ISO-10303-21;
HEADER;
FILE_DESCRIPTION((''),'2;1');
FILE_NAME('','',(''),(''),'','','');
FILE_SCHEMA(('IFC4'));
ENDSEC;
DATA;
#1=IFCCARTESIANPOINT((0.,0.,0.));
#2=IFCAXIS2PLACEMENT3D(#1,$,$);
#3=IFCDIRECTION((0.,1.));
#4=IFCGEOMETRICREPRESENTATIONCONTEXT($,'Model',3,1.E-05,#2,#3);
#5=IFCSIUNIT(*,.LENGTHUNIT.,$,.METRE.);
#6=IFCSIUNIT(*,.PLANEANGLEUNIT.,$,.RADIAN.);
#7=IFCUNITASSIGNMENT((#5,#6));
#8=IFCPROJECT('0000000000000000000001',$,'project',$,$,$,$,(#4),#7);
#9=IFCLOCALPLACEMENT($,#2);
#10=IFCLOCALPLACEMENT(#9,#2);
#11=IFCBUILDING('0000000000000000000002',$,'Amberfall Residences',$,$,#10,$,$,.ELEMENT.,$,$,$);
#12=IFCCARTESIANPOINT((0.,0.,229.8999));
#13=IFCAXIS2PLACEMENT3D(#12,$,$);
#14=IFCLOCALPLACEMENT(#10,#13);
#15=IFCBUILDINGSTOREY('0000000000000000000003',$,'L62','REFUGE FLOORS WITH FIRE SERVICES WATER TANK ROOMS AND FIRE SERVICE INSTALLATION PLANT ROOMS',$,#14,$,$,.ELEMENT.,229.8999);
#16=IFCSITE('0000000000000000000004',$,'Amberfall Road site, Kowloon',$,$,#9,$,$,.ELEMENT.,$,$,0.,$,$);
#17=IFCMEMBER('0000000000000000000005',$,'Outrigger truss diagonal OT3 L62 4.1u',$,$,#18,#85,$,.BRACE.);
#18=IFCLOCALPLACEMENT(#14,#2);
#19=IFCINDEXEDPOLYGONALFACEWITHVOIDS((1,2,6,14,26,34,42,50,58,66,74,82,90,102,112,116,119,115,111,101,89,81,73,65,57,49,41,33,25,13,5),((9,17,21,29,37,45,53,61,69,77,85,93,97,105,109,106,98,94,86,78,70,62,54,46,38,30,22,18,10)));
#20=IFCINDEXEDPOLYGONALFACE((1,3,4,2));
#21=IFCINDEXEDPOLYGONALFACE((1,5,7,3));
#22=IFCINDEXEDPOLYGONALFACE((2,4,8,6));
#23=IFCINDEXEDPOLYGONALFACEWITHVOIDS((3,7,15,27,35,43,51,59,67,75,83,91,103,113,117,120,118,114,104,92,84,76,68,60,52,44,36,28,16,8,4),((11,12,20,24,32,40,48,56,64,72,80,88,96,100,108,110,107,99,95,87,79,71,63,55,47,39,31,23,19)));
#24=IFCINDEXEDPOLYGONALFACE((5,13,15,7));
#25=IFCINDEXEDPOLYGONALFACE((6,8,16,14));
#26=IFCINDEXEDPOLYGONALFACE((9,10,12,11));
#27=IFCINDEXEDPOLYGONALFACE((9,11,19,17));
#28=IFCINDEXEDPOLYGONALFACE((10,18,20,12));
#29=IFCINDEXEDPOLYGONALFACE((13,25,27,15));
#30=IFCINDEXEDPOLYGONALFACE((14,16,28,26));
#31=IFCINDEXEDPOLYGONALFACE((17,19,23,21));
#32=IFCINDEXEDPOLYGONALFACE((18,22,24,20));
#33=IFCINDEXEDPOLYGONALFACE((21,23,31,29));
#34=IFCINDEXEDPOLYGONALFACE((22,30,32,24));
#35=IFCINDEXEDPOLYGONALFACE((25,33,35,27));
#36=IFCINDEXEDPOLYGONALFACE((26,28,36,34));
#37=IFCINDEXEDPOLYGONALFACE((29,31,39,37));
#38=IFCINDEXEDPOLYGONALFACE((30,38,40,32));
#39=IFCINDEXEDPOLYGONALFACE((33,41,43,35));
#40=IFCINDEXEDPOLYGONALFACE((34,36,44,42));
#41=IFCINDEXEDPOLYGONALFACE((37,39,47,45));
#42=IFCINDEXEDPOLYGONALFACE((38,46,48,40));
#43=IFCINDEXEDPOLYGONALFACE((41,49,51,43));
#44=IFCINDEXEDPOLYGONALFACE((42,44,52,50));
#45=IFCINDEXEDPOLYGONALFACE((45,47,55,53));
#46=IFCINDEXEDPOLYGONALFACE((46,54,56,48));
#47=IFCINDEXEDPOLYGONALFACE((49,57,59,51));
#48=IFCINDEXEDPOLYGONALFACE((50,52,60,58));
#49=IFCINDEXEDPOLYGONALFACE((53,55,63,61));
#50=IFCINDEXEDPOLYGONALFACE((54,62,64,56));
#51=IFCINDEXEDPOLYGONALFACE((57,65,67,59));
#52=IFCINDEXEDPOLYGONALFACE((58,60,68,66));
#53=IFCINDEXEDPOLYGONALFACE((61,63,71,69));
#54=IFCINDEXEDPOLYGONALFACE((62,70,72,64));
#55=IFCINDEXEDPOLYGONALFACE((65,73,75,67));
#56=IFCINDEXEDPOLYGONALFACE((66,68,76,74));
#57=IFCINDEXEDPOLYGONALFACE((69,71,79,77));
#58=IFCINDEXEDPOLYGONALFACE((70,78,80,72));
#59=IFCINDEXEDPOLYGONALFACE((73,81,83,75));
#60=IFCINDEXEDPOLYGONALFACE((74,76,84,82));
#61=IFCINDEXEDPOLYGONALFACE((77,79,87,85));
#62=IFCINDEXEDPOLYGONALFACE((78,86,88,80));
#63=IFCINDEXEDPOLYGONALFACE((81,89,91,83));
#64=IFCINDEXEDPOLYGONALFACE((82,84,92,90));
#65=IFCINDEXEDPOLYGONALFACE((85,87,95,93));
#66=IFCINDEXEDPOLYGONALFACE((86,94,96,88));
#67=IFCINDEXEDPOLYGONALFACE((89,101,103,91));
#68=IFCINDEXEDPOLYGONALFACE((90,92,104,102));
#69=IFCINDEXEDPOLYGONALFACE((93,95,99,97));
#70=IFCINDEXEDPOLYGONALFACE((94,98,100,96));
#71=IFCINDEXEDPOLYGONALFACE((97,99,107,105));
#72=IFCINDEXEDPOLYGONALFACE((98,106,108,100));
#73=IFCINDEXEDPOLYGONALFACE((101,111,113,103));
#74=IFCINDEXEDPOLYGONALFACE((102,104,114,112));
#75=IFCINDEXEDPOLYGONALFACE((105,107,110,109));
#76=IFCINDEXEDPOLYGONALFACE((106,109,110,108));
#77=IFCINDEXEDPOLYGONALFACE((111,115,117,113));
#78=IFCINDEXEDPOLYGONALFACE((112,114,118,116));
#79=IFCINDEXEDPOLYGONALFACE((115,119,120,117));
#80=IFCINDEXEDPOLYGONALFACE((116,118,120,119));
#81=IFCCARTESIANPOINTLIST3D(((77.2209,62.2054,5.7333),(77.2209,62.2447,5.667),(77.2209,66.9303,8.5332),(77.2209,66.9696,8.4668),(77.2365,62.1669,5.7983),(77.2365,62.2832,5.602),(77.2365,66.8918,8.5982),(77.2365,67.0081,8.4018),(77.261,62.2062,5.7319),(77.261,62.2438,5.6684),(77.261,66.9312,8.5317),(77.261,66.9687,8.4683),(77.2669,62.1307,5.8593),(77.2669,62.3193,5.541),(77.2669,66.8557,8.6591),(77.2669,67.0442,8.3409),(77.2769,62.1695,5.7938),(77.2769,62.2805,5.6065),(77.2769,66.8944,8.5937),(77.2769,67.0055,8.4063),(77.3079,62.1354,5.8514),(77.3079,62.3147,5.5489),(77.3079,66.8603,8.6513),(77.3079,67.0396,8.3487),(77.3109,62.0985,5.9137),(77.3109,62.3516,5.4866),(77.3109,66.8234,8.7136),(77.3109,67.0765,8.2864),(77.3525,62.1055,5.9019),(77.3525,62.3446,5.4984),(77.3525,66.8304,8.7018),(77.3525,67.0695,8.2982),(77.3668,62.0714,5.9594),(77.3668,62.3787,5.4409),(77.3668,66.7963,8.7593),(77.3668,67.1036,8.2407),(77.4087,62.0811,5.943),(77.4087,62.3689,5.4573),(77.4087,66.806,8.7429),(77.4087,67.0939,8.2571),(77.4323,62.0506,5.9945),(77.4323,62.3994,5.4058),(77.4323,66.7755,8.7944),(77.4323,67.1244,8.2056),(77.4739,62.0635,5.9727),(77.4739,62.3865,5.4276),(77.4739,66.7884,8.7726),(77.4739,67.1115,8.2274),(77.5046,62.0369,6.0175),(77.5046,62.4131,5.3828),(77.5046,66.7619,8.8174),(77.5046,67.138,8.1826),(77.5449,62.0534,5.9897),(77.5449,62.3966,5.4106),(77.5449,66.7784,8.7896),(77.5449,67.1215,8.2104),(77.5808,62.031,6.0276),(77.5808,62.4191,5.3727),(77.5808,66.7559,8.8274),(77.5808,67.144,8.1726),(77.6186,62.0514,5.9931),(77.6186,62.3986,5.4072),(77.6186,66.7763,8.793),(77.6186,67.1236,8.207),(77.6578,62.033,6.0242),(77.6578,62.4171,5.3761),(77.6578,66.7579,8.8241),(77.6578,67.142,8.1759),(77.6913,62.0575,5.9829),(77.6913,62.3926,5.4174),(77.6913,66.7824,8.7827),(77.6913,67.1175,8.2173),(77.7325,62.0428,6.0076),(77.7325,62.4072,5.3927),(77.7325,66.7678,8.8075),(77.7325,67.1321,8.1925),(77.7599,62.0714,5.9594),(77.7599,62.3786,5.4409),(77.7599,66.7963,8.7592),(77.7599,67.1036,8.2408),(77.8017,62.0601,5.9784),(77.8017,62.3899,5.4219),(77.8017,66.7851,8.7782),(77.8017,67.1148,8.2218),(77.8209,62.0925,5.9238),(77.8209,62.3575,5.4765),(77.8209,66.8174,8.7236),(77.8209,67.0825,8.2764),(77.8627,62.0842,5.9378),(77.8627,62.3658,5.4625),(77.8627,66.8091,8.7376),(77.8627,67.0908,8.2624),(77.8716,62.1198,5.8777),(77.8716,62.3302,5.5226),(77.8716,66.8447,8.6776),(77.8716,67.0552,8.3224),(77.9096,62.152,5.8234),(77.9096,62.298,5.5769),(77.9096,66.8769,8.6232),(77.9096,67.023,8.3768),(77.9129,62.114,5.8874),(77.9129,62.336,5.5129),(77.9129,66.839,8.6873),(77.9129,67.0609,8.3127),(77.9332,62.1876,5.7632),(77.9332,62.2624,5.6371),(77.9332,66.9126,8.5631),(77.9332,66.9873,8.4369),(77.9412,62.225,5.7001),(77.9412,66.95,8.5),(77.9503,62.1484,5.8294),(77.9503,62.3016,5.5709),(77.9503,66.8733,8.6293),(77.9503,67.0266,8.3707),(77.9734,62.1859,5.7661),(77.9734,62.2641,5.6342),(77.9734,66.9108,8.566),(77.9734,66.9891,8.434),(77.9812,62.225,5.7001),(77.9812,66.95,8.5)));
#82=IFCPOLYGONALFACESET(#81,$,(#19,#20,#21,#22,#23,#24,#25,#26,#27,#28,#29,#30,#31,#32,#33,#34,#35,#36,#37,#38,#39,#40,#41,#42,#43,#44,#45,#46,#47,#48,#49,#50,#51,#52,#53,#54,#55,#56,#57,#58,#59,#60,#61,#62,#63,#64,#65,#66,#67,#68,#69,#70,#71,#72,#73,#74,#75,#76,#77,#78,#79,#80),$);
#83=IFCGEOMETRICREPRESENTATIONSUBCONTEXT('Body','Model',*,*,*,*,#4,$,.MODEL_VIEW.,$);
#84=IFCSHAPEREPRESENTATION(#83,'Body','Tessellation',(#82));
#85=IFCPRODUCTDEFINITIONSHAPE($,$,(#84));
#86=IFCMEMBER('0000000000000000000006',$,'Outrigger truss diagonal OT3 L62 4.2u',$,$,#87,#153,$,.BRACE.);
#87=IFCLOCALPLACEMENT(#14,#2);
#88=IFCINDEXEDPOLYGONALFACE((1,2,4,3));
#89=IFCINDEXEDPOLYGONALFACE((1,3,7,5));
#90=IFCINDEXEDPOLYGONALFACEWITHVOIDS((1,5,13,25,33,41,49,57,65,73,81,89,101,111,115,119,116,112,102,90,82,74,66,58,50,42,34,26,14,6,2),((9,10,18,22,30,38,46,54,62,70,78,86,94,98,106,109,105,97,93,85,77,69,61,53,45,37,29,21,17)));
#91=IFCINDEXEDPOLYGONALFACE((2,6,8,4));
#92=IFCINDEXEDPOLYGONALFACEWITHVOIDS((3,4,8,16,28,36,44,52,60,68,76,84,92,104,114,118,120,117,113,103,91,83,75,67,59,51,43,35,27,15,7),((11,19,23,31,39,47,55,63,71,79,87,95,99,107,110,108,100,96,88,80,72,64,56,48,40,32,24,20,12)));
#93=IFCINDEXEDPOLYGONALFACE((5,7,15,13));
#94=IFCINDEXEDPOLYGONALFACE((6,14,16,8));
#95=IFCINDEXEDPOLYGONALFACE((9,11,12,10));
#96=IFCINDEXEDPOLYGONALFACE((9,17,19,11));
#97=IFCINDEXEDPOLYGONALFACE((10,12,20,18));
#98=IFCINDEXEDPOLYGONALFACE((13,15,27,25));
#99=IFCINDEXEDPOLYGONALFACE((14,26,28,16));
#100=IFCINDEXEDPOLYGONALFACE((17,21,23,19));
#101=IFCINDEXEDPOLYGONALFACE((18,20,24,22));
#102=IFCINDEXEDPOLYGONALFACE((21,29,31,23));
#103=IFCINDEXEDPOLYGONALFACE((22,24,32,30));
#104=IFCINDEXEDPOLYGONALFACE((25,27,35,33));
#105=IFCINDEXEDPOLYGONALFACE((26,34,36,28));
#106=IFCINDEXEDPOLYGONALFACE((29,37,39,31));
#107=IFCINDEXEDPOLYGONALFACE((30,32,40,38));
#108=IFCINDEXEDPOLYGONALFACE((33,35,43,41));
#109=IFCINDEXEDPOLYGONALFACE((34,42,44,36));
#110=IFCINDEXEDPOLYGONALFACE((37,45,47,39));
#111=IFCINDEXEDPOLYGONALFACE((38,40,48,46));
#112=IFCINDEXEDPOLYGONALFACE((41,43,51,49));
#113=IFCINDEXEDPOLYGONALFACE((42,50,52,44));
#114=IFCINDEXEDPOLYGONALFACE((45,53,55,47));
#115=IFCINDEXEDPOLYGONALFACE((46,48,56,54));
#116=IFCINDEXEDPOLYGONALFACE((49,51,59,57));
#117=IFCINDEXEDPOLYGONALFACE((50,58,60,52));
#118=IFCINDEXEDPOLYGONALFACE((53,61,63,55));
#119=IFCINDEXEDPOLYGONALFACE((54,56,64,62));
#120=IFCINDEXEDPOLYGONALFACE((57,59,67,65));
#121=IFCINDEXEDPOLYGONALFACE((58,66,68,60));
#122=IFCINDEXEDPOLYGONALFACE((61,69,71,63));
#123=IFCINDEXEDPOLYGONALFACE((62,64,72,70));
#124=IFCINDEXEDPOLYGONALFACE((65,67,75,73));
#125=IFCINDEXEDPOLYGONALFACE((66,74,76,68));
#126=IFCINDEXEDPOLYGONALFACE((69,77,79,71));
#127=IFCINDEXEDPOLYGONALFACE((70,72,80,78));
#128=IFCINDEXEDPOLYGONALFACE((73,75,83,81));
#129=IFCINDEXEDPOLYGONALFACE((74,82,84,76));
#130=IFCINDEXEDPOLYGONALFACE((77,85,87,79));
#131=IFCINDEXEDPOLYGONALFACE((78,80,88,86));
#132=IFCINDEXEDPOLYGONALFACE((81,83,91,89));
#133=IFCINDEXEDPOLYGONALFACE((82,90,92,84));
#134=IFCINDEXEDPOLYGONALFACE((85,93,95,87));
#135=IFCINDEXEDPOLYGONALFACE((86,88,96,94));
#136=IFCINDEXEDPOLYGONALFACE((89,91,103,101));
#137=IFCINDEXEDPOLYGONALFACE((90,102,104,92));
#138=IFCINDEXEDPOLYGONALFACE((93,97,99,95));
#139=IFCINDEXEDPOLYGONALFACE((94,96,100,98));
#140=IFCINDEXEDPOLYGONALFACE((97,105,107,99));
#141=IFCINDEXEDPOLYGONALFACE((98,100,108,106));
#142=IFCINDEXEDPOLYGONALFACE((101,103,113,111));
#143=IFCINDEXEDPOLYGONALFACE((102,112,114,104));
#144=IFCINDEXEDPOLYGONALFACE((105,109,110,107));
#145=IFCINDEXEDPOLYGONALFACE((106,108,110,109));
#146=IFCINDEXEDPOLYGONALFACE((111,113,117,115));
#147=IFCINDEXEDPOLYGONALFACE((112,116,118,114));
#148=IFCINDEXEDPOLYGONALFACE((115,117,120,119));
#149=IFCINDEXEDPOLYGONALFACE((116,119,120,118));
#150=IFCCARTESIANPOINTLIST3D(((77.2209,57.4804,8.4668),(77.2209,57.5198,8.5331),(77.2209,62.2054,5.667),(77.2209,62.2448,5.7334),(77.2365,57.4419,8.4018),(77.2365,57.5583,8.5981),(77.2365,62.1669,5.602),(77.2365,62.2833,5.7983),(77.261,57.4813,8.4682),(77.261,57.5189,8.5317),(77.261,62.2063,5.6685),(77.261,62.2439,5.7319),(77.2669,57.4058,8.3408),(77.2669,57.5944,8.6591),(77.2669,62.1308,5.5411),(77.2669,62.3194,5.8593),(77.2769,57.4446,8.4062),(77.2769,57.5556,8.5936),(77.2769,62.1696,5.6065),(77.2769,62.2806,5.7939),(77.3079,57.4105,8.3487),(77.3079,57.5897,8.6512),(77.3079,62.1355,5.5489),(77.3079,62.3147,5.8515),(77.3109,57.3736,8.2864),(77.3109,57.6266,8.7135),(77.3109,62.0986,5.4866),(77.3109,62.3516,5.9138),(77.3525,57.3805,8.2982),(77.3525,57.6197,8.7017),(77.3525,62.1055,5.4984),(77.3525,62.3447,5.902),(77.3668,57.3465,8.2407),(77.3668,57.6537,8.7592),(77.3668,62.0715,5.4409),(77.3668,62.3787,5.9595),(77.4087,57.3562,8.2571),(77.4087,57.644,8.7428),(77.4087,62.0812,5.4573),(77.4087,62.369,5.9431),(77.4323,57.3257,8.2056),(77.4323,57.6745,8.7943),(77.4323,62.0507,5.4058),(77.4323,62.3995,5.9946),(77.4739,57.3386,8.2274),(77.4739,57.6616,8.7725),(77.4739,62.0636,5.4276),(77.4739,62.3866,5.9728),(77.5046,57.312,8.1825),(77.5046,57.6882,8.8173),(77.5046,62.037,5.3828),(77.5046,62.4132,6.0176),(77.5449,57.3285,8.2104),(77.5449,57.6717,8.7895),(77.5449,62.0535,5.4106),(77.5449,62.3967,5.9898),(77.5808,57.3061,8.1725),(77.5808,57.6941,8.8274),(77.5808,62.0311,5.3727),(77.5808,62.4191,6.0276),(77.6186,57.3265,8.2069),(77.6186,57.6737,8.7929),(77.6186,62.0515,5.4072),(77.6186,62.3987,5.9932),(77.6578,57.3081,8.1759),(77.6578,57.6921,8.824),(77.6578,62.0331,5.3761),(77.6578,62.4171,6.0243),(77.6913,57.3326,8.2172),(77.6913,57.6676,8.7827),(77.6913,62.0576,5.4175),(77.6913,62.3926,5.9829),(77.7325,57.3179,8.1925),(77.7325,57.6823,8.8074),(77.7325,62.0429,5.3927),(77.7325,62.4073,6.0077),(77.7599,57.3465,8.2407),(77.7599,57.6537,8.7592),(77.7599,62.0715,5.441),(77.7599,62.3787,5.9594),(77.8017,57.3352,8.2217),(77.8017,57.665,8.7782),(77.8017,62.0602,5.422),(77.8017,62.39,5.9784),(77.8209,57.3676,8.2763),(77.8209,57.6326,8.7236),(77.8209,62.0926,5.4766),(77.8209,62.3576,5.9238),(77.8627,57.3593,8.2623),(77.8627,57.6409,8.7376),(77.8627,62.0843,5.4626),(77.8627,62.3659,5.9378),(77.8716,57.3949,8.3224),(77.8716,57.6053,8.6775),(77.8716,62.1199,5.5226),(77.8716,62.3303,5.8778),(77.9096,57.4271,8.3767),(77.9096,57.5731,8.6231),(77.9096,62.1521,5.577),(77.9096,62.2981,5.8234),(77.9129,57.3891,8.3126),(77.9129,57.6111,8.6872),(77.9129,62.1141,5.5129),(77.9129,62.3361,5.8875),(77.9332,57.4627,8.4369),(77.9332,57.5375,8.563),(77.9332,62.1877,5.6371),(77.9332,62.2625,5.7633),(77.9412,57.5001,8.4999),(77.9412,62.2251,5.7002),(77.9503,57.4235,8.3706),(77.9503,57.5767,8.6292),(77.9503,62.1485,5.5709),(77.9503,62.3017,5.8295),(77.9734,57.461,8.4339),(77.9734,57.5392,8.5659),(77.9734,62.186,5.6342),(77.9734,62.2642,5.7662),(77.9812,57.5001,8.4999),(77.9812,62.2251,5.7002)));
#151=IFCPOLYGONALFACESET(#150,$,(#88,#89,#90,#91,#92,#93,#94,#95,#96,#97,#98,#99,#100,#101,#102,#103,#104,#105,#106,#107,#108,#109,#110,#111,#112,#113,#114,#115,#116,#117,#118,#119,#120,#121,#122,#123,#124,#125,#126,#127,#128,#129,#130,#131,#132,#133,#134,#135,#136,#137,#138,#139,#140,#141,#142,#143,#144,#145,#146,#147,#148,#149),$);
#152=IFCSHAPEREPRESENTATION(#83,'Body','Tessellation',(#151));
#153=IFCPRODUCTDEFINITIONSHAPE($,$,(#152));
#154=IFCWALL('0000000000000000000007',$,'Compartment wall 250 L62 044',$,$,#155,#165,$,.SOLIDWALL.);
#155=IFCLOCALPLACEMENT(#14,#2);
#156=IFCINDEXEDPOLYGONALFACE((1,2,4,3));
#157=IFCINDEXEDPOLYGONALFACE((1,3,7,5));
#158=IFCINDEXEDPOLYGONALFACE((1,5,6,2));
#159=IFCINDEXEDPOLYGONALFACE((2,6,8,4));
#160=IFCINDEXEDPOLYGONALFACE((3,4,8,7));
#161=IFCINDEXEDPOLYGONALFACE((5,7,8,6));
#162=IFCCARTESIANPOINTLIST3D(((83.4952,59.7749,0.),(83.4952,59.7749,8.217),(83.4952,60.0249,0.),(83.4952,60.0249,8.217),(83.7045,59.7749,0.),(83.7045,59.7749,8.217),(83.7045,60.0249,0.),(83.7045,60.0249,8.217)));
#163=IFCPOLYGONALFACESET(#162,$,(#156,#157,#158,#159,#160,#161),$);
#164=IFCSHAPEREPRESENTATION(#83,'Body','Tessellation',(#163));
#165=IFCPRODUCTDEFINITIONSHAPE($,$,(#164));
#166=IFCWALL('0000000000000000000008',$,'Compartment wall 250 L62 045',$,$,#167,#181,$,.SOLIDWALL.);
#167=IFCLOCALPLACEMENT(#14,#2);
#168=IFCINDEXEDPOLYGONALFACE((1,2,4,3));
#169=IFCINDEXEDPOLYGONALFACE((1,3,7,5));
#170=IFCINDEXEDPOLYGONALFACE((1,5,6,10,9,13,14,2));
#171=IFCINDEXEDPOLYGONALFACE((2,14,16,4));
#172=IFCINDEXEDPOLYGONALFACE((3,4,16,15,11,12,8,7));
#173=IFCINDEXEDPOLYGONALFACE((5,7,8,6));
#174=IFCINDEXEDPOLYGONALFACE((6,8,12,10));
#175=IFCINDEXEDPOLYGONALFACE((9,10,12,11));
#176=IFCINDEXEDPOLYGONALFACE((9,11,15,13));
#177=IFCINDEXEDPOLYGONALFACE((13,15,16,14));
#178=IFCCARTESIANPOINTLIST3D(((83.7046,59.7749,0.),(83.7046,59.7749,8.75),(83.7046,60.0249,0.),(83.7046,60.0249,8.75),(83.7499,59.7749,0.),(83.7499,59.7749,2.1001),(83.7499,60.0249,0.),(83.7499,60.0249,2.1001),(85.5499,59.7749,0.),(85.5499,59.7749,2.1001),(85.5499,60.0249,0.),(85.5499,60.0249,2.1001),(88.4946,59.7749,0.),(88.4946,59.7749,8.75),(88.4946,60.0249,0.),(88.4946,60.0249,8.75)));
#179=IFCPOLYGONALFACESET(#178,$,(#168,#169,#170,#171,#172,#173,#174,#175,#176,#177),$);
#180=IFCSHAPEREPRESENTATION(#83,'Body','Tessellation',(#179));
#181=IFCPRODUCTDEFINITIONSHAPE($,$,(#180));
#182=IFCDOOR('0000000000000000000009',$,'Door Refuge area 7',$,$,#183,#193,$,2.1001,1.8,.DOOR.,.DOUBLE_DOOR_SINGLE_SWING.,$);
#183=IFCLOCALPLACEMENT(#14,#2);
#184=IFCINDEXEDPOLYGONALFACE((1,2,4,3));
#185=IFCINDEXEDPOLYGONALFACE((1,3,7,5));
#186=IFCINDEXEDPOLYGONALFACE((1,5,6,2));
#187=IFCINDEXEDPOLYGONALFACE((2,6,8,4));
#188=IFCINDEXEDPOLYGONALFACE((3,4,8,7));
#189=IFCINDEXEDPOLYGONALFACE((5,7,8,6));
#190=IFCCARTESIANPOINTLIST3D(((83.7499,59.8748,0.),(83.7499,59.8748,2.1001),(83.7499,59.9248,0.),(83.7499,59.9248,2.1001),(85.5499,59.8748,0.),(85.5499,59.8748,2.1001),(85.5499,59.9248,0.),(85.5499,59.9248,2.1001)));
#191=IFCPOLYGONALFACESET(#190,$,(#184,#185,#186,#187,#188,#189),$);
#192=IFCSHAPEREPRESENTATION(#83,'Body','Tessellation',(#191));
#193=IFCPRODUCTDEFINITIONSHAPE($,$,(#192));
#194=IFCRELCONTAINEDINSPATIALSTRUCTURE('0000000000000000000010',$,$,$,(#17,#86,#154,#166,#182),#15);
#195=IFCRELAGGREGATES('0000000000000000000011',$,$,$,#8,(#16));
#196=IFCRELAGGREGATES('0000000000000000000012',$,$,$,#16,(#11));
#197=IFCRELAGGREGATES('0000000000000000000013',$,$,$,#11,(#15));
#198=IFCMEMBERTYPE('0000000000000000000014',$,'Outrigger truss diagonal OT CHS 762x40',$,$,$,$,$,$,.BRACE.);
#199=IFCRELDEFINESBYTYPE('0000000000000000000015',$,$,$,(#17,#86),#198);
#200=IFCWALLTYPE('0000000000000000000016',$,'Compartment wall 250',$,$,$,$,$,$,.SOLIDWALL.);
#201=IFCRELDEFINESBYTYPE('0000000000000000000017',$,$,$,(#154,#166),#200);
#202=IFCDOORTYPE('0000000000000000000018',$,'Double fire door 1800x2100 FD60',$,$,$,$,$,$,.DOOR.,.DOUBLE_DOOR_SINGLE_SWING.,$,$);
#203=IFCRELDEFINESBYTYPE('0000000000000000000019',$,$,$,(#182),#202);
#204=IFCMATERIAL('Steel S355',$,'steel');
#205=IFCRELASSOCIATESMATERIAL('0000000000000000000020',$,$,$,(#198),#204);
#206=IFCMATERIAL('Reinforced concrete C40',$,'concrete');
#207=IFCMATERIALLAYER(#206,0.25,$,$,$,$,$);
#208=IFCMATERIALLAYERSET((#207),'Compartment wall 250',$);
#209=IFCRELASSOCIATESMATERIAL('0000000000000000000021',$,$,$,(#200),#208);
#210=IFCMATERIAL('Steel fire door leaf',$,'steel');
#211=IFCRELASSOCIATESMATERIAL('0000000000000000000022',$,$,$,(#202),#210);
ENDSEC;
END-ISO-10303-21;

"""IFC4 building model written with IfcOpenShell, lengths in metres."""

from ifc_helpers import new_model, si_unit, direction, frame, frame_2d, origin, origin_2d, place, context, subcontext, project, spatial, rectangle, hollow_circle, extrude, material, layer, layer_set, material_profile, profile_set, type_object, element, fill, save


model = new_model("IFC4")

# Units and contexts
model_context = context("Model", 3, precision=1e-05, world=origin(), true_north=direction((0.0, 1.0)))
body_context = subcontext(model_context, "Body", "Model", "MODEL_VIEW")
ifc_project = project(units=[si_unit("LENGTHUNIT", "METRE"), si_unit("PLANEANGLEUNIT", "RADIAN")], contexts=[model_context])

# Site, building, storey
site_placement = place(None, origin())
site = spatial("IfcSite", under=ifc_project, at=site_placement, Name="Amberfall Road site, Kowloon", CompositionType="ELEMENT", RefElevation=0.0)
building_placement = place(site_placement, origin())
building = spatial("IfcBuilding", under=site, at=building_placement, Name="Amberfall Residences", CompositionType="ELEMENT")
storey_placement = place(building_placement, frame((0.0, 0.0, 229.8999)))
storey = spatial("IfcBuildingStorey", under=building, at=storey_placement, Name="L62", Description="REFUGE FLOORS WITH FIRE SERVICES WATER TANK ROOMS AND FIRE SERVICE INSTALLATION PLANT ROOMS", CompositionType="ELEMENT", Elevation=229.8999)

# Shared definitions
ifc_material_1 = material(Name="Steel S355", Category="steel")

# Members
ifc_material_profile_1 = material_profile(ifc_material_1, hollow_circle(Radius=0.3811, WallThickness=0.04, at=origin_2d()), Name="CHS 762x40")
ifc_profile_set_1 = profile_set([ifc_material_profile_1], Name="Steel S355")
member_type_1 = type_object("IfcMemberType", Name="Outrigger truss diagonal OT CHS 762x40", PredefinedType="BRACE", material=ifc_profile_set_1)
for number, where, z_axis, x_axis, name in (
    (1, (77.6001, 66.95, 8.5), (0.0, -0.8603, -0.509788), (1.0, 0.0, 0.0), "Outrigger truss diagonal OT3 L62 4.1u"),
    (2, (77.6001, 62.2251, 5.7002), (0.0, -0.860312, 0.509768), (1.0, 0.0, 0.0), "Outrigger truss diagonal OT3 L62 4.2u"),
):
    element("IfcMember", number, at=place(storey_placement, frame(where, z_axis=z_axis, x_axis=x_axis)), inside=storey, type_object=member_type_1, Name=name, PredefinedType="BRACE", context=body_context, shape_type="SweptSolid", body=[
        extrude(hollow_circle(Radius=0.3811, WallThickness=0.04, at=origin_2d()), origin(), (0.0, 0.0, 1.0), 5.4922),
    ])

# Wall
ifc_material_2 = material(Name="Reinforced concrete C40", Category="concrete")
ifc_layer = layer(ifc_material_2, 0.25)
ifc_layer_set = layer_set([ifc_layer], Name="Compartment wall 250")
wall_type = type_object("IfcWallType", Name="Compartment wall 250", PredefinedType="SOLIDWALL", material=ifc_layer_set)
wall_1_placement = place(storey_placement, frame((83.4954, 59.8999, 0.0), z_axis=(0.0, 0.0, 1.0), x_axis=(1.0, 0.0, 0.0)))
element("IfcWall", 3, at=wall_1_placement, inside=storey, type_object=wall_type, Name="Compartment wall 250 L62 044", PredefinedType="SOLIDWALL", context=body_context, shape_type="SweptSolid", body=[
    extrude(rectangle(XDim=0.2092, YDim=0.25, at=frame_2d((0.1045, 0.0))), origin(), (0.0, 0.0, 1.0), 8.217),
])

# Wall, opening, door
wall_2_placement = place(storey_placement, frame((83.7046, 59.8999, 0.0), z_axis=(0.0, 0.0, 1.0), x_axis=(1.0, 0.0, 0.0)))
wall_2 = element("IfcWall", 4, at=wall_2_placement, inside=storey, type_object=wall_type, Name="Compartment wall 250 L62 045", PredefinedType="SOLIDWALL", context=body_context, shape_type="SweptSolid", body=[
    extrude(rectangle(XDim=4.79, YDim=0.25, at=frame_2d((2.395, 0.0))), origin(), (0.0, 0.0, 1.0), 8.75),
])
opening_placement = place(wall_2_placement, frame((0.0454, 0.0, 0.0)))
opening = element("IfcOpeningElement", 5, at=opening_placement, cuts=wall_2, PredefinedType="OPENING", context=body_context, shape_type="SweptSolid", body=[
    extrude(rectangle(XDim=1.8, YDim=2.1001, at=frame_2d((0.8999, 1.05))), frame((0.0, 0.135, 0.0), z_axis=(0.0, -1.0, 0.0), x_axis=(1.0, 0.0, 0.0)), (0.0, 0.0, 1.0), 0.27),
])
ifc_material_3 = material(Name="Steel fire door leaf", Category="steel")
door_type = type_object("IfcDoorType", Name="Double fire door 1800x2100 FD60", OperationType="DOUBLE_DOOR_SINGLE_SWING", PredefinedType="DOOR", material=ifc_material_3)
door_placement = place(opening_placement, origin())
door = element("IfcDoor", 6, at=door_placement, inside=storey, type_object=door_type, Name="Door Refuge area 7", OperationType="DOUBLE_DOOR_SINGLE_SWING", OverallHeight=2.1001, OverallWidth=1.8, PredefinedType="DOOR", context=body_context, shape_type="SweptSolid", body=[
    extrude(rectangle(XDim=1.8, YDim=2.1001, at=frame_2d((0.8999, 1.05))), frame((0.0, 0.0249, 0.0), z_axis=(0.0, -1.0, 0.0), x_axis=(1.0, 0.0, 0.0)), (0.0, 0.0, 1.0), 0.05),
])
fill(opening, door)

save(model, "model.ifc")
